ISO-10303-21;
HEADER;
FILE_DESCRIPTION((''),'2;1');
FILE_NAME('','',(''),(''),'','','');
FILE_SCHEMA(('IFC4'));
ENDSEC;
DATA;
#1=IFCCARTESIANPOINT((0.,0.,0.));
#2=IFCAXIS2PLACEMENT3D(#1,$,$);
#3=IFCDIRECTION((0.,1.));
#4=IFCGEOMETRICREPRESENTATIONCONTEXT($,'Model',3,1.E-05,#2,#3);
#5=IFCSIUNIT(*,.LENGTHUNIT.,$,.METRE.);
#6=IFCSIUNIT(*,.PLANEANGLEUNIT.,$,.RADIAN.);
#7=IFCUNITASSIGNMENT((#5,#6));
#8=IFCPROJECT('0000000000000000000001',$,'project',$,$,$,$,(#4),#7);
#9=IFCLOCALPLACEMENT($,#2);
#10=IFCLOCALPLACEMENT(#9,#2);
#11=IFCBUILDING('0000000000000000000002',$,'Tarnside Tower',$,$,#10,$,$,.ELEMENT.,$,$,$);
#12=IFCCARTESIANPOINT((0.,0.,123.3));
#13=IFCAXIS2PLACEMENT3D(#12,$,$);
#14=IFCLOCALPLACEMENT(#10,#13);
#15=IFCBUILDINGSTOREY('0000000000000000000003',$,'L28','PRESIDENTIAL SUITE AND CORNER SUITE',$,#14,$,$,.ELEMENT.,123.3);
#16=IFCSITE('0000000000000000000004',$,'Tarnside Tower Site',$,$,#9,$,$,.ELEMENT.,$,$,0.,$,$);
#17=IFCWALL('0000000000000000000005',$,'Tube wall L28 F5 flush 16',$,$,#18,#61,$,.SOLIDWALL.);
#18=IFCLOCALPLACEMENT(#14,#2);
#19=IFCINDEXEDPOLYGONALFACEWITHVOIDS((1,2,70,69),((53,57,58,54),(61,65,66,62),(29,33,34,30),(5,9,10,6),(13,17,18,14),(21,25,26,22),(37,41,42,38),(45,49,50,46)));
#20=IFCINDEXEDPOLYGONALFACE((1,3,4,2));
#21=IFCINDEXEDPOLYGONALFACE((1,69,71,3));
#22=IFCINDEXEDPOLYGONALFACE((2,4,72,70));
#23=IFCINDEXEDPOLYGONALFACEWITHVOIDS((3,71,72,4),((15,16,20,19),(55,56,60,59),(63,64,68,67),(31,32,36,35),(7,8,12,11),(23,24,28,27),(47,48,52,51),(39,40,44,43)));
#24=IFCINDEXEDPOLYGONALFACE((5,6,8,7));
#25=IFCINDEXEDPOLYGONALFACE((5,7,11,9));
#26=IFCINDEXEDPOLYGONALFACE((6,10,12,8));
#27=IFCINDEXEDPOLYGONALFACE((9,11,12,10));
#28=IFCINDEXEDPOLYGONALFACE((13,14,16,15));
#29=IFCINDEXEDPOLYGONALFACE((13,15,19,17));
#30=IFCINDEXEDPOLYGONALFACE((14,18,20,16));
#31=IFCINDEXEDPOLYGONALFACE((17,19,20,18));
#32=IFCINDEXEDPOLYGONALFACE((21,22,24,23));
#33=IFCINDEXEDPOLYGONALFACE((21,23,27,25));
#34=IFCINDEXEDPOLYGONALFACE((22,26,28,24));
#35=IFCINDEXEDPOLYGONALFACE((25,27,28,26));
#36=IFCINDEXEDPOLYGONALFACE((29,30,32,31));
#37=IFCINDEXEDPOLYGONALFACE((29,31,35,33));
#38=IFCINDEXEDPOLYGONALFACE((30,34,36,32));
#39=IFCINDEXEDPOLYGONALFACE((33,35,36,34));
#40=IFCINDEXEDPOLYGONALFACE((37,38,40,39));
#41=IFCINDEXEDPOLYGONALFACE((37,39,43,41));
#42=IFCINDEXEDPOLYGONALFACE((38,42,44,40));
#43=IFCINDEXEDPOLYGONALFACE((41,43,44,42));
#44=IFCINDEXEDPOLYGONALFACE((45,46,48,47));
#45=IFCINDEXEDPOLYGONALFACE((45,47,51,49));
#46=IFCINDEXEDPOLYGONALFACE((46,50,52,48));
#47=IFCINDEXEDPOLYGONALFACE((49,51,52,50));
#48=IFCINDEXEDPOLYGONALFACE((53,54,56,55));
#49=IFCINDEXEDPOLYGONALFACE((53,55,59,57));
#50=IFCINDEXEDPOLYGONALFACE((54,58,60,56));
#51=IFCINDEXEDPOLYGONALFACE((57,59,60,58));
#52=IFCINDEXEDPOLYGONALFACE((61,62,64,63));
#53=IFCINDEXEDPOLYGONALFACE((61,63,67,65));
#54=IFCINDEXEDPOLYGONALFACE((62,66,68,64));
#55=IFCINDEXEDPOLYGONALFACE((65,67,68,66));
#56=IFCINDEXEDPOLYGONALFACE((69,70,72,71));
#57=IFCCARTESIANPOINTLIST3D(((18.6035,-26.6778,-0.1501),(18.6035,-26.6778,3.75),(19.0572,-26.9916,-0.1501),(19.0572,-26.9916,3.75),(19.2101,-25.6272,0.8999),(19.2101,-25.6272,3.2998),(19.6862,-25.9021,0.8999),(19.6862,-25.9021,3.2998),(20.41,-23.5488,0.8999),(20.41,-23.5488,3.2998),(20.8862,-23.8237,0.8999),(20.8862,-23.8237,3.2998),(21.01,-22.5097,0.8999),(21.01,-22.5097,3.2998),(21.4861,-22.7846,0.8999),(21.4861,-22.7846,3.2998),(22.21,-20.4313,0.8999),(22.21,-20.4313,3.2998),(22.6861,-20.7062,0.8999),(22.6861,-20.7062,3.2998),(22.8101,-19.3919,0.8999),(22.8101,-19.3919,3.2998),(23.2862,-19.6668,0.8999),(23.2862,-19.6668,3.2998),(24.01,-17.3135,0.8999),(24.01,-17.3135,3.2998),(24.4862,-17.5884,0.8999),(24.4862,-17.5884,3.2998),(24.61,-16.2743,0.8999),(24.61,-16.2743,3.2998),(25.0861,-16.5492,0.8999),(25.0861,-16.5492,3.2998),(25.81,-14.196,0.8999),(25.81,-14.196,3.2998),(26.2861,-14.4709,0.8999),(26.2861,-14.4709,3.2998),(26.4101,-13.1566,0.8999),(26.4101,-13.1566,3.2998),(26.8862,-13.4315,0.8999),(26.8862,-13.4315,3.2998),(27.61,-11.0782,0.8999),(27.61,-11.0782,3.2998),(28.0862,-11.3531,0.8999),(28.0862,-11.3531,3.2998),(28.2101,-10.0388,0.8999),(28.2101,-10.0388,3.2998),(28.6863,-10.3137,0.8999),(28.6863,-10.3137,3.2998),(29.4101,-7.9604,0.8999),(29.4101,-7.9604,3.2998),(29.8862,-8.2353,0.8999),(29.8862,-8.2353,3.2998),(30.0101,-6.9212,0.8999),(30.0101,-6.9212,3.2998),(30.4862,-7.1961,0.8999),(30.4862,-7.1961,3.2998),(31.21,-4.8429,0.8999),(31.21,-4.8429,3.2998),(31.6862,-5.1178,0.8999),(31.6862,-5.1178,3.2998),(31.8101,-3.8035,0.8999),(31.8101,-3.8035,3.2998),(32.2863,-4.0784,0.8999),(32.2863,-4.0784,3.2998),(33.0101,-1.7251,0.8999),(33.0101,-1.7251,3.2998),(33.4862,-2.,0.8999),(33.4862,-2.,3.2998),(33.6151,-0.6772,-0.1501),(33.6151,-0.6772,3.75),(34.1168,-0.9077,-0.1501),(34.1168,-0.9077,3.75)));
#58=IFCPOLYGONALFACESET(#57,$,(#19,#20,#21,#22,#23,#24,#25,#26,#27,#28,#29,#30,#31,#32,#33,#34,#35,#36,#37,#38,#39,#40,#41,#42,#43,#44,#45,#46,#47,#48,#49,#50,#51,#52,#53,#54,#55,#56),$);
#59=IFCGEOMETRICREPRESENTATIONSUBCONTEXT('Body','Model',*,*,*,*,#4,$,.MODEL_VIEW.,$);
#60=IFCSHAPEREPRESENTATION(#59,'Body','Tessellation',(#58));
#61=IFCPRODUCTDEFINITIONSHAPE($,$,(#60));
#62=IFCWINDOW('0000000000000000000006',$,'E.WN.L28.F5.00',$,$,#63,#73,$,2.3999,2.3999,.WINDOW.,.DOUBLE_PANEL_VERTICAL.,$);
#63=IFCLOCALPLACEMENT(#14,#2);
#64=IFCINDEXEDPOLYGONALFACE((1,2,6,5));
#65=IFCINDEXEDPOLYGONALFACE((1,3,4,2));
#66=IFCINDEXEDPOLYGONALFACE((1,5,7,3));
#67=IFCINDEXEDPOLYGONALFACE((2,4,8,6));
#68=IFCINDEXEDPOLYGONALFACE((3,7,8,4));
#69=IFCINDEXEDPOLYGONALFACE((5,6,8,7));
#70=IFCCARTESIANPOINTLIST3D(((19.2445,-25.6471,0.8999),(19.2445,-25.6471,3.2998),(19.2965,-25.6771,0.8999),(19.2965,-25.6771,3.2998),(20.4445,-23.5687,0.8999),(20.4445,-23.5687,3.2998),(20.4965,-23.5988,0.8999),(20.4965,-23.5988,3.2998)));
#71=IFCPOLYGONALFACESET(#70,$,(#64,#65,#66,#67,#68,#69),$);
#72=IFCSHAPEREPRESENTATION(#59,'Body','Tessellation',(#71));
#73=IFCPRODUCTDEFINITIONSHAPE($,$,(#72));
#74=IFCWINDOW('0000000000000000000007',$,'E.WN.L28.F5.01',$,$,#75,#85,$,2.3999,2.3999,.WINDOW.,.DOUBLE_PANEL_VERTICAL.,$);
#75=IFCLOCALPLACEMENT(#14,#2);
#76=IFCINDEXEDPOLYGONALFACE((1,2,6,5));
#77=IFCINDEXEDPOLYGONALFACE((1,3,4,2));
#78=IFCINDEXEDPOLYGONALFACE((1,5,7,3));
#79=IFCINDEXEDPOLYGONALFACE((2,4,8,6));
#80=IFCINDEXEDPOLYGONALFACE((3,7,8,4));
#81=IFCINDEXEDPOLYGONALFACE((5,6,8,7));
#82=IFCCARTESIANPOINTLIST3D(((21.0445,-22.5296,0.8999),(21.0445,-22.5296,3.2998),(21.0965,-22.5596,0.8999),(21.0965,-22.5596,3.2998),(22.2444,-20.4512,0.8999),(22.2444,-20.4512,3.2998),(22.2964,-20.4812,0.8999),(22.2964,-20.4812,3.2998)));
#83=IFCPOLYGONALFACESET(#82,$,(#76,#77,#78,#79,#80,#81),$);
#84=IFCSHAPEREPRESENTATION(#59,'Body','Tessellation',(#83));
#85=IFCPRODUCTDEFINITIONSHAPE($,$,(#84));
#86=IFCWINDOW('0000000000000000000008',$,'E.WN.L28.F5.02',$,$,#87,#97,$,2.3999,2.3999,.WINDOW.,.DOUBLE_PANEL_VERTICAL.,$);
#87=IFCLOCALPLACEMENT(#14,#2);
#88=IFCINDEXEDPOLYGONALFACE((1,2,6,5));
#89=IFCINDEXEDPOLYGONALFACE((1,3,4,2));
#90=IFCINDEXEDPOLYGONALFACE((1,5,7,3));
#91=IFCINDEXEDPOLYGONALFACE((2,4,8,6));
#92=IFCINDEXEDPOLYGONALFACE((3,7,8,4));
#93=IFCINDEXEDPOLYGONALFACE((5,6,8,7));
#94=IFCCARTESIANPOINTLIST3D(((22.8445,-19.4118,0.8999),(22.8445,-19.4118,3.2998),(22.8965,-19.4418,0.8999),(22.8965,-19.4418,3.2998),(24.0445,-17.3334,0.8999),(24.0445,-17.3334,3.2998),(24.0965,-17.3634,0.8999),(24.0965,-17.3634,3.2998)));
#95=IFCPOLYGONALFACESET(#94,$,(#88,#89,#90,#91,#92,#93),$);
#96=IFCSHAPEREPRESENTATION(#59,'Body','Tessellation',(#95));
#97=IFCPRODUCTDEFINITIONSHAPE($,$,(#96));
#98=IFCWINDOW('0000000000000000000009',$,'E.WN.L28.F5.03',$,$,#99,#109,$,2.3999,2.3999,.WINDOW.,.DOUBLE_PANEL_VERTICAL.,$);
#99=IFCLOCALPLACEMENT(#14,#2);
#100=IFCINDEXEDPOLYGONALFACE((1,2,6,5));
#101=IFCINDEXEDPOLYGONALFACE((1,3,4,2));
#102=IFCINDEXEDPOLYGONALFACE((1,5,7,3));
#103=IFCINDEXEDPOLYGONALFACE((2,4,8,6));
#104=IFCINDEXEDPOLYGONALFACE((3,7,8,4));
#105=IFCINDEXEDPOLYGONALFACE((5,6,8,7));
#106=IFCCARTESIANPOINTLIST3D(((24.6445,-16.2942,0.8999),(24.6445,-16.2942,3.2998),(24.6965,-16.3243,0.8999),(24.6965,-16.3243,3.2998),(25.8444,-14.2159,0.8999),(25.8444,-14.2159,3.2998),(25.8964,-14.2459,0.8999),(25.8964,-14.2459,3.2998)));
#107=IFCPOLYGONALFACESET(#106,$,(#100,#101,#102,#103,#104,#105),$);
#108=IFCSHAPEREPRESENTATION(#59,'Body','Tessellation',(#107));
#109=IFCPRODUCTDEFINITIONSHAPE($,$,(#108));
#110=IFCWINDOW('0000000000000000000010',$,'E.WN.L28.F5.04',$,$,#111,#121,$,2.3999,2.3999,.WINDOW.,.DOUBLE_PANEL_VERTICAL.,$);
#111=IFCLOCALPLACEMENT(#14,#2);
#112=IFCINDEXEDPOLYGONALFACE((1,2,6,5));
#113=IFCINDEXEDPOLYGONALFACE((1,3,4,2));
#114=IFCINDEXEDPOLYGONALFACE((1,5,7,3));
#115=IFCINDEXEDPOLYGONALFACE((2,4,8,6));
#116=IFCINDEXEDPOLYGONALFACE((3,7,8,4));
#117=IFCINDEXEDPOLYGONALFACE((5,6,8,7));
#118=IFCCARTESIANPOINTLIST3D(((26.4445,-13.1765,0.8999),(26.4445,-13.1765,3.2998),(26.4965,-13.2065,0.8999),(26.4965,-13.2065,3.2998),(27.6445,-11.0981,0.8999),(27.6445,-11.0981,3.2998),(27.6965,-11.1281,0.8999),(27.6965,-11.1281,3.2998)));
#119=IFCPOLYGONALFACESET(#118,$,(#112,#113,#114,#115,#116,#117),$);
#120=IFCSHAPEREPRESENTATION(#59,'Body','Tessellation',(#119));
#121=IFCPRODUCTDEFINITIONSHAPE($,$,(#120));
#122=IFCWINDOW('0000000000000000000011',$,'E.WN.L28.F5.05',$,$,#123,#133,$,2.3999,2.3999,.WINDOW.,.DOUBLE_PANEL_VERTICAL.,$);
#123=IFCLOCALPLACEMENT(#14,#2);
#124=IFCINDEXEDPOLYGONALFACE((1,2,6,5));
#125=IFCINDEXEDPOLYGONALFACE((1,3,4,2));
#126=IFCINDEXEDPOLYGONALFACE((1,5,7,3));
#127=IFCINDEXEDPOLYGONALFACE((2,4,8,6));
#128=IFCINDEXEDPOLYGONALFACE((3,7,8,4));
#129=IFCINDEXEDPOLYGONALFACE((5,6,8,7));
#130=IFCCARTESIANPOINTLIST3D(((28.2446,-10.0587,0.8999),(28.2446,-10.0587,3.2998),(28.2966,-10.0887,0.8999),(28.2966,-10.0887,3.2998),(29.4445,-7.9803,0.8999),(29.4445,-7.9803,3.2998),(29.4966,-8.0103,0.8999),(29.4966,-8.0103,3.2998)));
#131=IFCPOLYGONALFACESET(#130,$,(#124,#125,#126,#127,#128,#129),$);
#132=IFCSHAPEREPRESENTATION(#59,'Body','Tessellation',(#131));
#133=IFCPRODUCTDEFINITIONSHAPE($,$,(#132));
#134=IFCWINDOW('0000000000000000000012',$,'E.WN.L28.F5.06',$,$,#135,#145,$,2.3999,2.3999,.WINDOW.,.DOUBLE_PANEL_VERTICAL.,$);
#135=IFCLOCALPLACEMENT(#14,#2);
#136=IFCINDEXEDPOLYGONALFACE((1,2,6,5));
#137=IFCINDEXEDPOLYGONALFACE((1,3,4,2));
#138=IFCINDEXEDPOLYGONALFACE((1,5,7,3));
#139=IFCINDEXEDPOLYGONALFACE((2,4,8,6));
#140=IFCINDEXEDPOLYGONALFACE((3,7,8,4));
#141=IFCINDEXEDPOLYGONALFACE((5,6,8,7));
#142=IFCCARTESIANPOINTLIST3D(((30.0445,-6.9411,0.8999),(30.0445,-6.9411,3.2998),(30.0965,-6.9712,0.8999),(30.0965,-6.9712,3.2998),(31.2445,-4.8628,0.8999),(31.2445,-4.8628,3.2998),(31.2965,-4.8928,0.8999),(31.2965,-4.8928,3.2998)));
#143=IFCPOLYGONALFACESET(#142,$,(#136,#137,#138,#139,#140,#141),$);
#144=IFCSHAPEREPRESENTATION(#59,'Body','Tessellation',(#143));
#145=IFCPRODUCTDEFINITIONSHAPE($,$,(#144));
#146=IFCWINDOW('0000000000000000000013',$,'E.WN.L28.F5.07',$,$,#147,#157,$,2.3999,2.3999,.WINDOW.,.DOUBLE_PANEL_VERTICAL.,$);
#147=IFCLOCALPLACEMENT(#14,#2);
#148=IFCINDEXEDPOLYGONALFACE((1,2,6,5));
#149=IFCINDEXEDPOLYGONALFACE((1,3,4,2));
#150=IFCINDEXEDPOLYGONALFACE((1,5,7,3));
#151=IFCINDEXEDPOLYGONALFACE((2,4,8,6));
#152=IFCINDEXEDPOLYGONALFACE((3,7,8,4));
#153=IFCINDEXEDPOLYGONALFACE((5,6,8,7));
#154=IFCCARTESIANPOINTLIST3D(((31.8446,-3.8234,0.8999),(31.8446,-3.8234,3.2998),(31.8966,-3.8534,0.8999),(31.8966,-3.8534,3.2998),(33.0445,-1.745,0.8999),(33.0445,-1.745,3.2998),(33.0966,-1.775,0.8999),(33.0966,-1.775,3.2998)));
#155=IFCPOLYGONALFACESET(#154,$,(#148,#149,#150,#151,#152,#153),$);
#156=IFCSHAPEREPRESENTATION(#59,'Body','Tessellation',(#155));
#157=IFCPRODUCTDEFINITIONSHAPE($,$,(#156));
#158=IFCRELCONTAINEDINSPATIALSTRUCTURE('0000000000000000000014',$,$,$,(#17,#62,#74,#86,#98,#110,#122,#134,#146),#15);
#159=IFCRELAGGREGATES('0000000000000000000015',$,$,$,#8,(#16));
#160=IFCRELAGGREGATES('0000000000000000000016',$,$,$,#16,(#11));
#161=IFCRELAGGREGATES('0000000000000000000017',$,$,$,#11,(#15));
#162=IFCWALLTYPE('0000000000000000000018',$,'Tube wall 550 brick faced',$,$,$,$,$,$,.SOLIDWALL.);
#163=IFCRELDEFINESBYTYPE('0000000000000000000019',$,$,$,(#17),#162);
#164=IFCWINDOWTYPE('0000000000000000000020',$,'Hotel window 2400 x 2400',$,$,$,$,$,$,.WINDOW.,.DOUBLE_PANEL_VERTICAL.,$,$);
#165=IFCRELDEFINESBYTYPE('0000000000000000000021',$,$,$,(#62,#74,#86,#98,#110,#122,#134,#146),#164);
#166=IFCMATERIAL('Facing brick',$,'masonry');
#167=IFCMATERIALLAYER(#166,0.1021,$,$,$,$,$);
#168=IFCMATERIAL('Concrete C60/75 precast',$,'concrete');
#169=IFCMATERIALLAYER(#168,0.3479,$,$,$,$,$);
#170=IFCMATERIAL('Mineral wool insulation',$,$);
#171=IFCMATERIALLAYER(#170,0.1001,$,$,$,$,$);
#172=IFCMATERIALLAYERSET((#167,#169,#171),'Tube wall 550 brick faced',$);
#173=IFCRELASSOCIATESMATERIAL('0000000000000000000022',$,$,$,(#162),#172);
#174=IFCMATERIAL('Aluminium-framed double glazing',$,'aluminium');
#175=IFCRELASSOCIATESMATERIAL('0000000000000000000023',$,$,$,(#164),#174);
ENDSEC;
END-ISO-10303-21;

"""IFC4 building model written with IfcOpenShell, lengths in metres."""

from ifc_helpers import new_model, si_unit, direction, frame, frame_2d, origin, place, context, subcontext, project, spatial, polyline, rectangle, outline, extrude, material, layer, layer_set, type_object, element, fill, save


model = new_model("IFC4")

# Units and contexts
model_context = context("Model", 3, precision=1e-05, world=origin(), true_north=direction((0.0, 1.0)))
body_context = subcontext(model_context, "Body", "Model", "MODEL_VIEW")
ifc_project = project(units=[si_unit("LENGTHUNIT", "METRE"), si_unit("PLANEANGLEUNIT", "RADIAN")], contexts=[model_context])

# Site, building, storey
site_placement = place(None, origin())
site = spatial("IfcSite", under=ifc_project, at=site_placement, Name="Tarnside Tower Site", CompositionType="ELEMENT", RefElevation=0.0)
building_placement = place(site_placement, origin())
building = spatial("IfcBuilding", under=site, at=building_placement, Name="Tarnside Tower", CompositionType="ELEMENT")
storey_placement = place(building_placement, frame((0.0, 0.0, 123.3)))
storey = spatial("IfcBuildingStorey", under=building, at=storey_placement, Name="L28", Description="PRESIDENTIAL SUITE AND CORNER SUITE", CompositionType="ELEMENT", Elevation=123.3)

# Shared definitions
ifc_material_1 = material(Name="Facing brick", Category="masonry")
ifc_layer_1 = layer(ifc_material_1, 0.1021)
ifc_material_2 = material(Name="Concrete C60/75 precast", Category="concrete")
ifc_layer_2 = layer(ifc_material_2, 0.3479)
ifc_material_3 = material(Name="Mineral wool insulation")
ifc_layer_3 = layer(ifc_material_3, 0.1001)
ifc_layer_set_1 = layer_set([ifc_layer_1, ifc_layer_2, ifc_layer_3], Name="Tube wall 550 brick faced")
wall_type = type_object("IfcWallType", Name="Tube wall 550 brick faced", PredefinedType="SOLIDWALL", material=ifc_layer_set_1)

# Wall, openings, windows
wall_1_placement = place(storey_placement, frame((18.8303, -26.8347, -0.1501), z_axis=(0.0, 0.0, 1.0), x_axis=(0.500004, 0.866023, 0.0)))
wall_1 = element("IfcWall", 1, at=wall_1_placement, inside=storey, type_object=wall_type, Name="Tube wall L28 F5 flush 16", PredefinedType="SOLIDWALL", context=body_context, shape_type="SweptSolid", body=[
    extrude(outline(polyline([(-0.0225, -0.2749), (30.0967, -0.2749), (30.0454, 0.2749), (0.0225, 0.2749), (-0.0225, -0.2749)])), origin(), (0.0, 0.0, 1.0), 3.9001),
])
opening_1_placement = place(wall_1_placement, frame((1.2356, 0.0, 1.05)))
opening_1 = element("IfcOpeningElement", 2, at=opening_1_placement, cuts=wall_1, PredefinedType="OPENING", context=body_context, shape_type="SweptSolid", body=[
    extrude(rectangle(XDim=2.3999, YDim=2.3999, at=frame_2d((1.2, 1.2))), frame((0.0, 0.2852, 0.0), z_axis=(0.0, -1.0, 0.0), x_axis=(1.0, 0.0, 0.0)), (0.0, 0.0, 1.0), 0.5701),
])
opening_2_placement = place(wall_1_placement, frame((4.8354, 0.0, 1.05)))
opening_2 = element("IfcOpeningElement", 3, at=opening_2_placement, cuts=wall_1, PredefinedType="OPENING", context=body_context, shape_type="SweptSolid", body=[
    extrude(rectangle(XDim=2.3999, YDim=2.3999, at=frame_2d((1.2, 1.2))), frame((0.0, 0.2852, 0.0), z_axis=(0.0, -1.0, 0.0), x_axis=(1.0, 0.0, 0.0)), (0.0, 0.0, 1.0), 0.5701),
])
opening_3_placement = place(wall_1_placement, frame((8.4355, 0.0, 1.05)))
opening_3 = element("IfcOpeningElement", 4, at=opening_3_placement, cuts=wall_1, PredefinedType="OPENING", context=body_context, shape_type="SweptSolid", body=[
    extrude(rectangle(XDim=2.3999, YDim=2.3999, at=frame_2d((1.2, 1.2))), frame((0.0, 0.2852, 0.0), z_axis=(0.0, -1.0, 0.0), x_axis=(1.0, 0.0, 0.0)), (0.0, 0.0, 1.0), 0.5701),
])
opening_4_placement = place(wall_1_placement, frame((12.0354, 0.0, 1.05)))
opening_4 = element("IfcOpeningElement", 5, at=opening_4_placement, cuts=wall_1, PredefinedType="OPENING", context=body_context, shape_type="SweptSolid", body=[
    extrude(rectangle(XDim=2.3999, YDim=2.3999, at=frame_2d((1.2, 1.2))), frame((0.0, 0.2852, 0.0), z_axis=(0.0, -1.0, 0.0), x_axis=(1.0, 0.0, 0.0)), (0.0, 0.0, 1.0), 0.5701),
])
opening_5_placement = place(wall_1_placement, frame((15.6355, 0.0, 1.05)))
opening_5 = element("IfcOpeningElement", 6, at=opening_5_placement, cuts=wall_1, PredefinedType="OPENING", context=body_context, shape_type="SweptSolid", body=[
    extrude(rectangle(XDim=2.3999, YDim=2.3999, at=frame_2d((1.2, 1.2))), frame((0.0, 0.2852, 0.0), z_axis=(0.0, -1.0, 0.0), x_axis=(1.0, 0.0, 0.0)), (0.0, 0.0, 1.0), 0.5701),
])
opening_6_placement = place(wall_1_placement, frame((19.2356, 0.0, 1.05)))
opening_6 = element("IfcOpeningElement", 7, at=opening_6_placement, cuts=wall_1, PredefinedType="OPENING", context=body_context, shape_type="SweptSolid", body=[
    extrude(rectangle(XDim=2.3999, YDim=2.3999, at=frame_2d((1.2, 1.2))), frame((0.0, 0.2852, 0.0), z_axis=(0.0, -1.0, 0.0), x_axis=(1.0, 0.0, 0.0)), (0.0, 0.0, 1.0), 0.5701),
])
opening_7_placement = place(wall_1_placement, frame((22.8354, 0.0, 1.05)))
opening_7 = element("IfcOpeningElement", 8, at=opening_7_placement, cuts=wall_1, PredefinedType="OPENING", context=body_context, shape_type="SweptSolid", body=[
    extrude(rectangle(XDim=2.3999, YDim=2.3999, at=frame_2d((1.2, 1.2))), frame((0.0, 0.2852, 0.0), z_axis=(0.0, -1.0, 0.0), x_axis=(1.0, 0.0, 0.0)), (0.0, 0.0, 1.0), 0.5701),
])
opening_8_placement = place(wall_1_placement, frame((26.4355, 0.0, 1.05)))
opening_8 = element("IfcOpeningElement", 9, at=opening_8_placement, cuts=wall_1, PredefinedType="OPENING", context=body_context, shape_type="SweptSolid", body=[
    extrude(rectangle(XDim=2.3999, YDim=2.3999, at=frame_2d((1.2, 1.2))), frame((0.0, 0.2852, 0.0), z_axis=(0.0, -1.0, 0.0), x_axis=(1.0, 0.0, 0.0)), (0.0, 0.0, 1.0), 0.5701),
])
ifc_material_4 = material(Name="Aluminium-framed double glazing", Category="aluminium")
window_type = type_object("IfcWindowType", Name="Hotel window 2400 x 2400", PartitioningType="DOUBLE_PANEL_VERTICAL", PredefinedType="WINDOW", material=ifc_material_4)
window_1_placement = place(opening_1_placement, frame((0.0, 0.2051, 0.0)))
window_1 = element("IfcWindow", 10, at=window_1_placement, inside=storey, type_object=window_type, Name="E.WN.L28.F5.00", OverallHeight=2.3999, OverallWidth=2.3999, PartitioningType="DOUBLE_PANEL_VERTICAL", PredefinedType="WINDOW", context=body_context, shape_type="SweptSolid", body=[
    extrude(rectangle(XDim=2.3999, YDim=2.3999, at=frame_2d((1.2, 1.2))), frame((0.0, 0.03, 0.0), z_axis=(0.0, -1.0, 0.0), x_axis=(1.0, 0.0, 0.0)), (0.0, 0.0, 1.0), 0.0601),
])
fill(opening_1, window_1)
window_2_placement = place(opening_2_placement, frame((0.0, 0.2051, 0.0)))
window_2 = element("IfcWindow", 11, at=window_2_placement, inside=storey, type_object=window_type, Name="E.WN.L28.F5.01", OverallHeight=2.3999, OverallWidth=2.3999, PartitioningType="DOUBLE_PANEL_VERTICAL", PredefinedType="WINDOW", context=body_context, shape_type="SweptSolid", body=[
    extrude(rectangle(XDim=2.3999, YDim=2.3999, at=frame_2d((1.2, 1.2))), frame((0.0, 0.03, 0.0), z_axis=(0.0, -1.0, 0.0), x_axis=(1.0, 0.0, 0.0)), (0.0, 0.0, 1.0), 0.0601),
])
fill(opening_2, window_2)
window_3_placement = place(opening_3_placement, frame((0.0, 0.2051, 0.0)))
window_3 = element("IfcWindow", 12, at=window_3_placement, inside=storey, type_object=window_type, Name="E.WN.L28.F5.02", OverallHeight=2.3999, OverallWidth=2.3999, PartitioningType="DOUBLE_PANEL_VERTICAL", PredefinedType="WINDOW", context=body_context, shape_type="SweptSolid", body=[
    extrude(rectangle(XDim=2.3999, YDim=2.3999, at=frame_2d((1.2, 1.2))), frame((0.0, 0.03, 0.0), z_axis=(0.0, -1.0, 0.0), x_axis=(1.0, 0.0, 0.0)), (0.0, 0.0, 1.0), 0.0601),
])
fill(opening_3, window_3)
window_4_placement = place(opening_4_placement, frame((0.0, 0.2051, 0.0)))
window_4 = element("IfcWindow", 13, at=window_4_placement, inside=storey, type_object=window_type, Name="E.WN.L28.F5.03", OverallHeight=2.3999, OverallWidth=2.3999, PartitioningType="DOUBLE_PANEL_VERTICAL", PredefinedType="WINDOW", context=body_context, shape_type="SweptSolid", body=[
    extrude(rectangle(XDim=2.3999, YDim=2.3999, at=frame_2d((1.2, 1.2))), frame((0.0, 0.03, 0.0), z_axis=(0.0, -1.0, 0.0), x_axis=(1.0, 0.0, 0.0)), (0.0, 0.0, 1.0), 0.0601),
])
fill(opening_4, window_4)
window_5_placement = place(opening_5_placement, frame((0.0, 0.2051, 0.0)))
window_5 = element("IfcWindow", 14, at=window_5_placement, inside=storey, type_object=window_type, Name="E.WN.L28.F5.04", OverallHeight=2.3999, OverallWidth=2.3999, PartitioningType="DOUBLE_PANEL_VERTICAL", PredefinedType="WINDOW", context=body_context, shape_type="SweptSolid", body=[
    extrude(rectangle(XDim=2.3999, YDim=2.3999, at=frame_2d((1.2, 1.2))), frame((0.0, 0.03, 0.0), z_axis=(0.0, -1.0, 0.0), x_axis=(1.0, 0.0, 0.0)), (0.0, 0.0, 1.0), 0.0601),
])
fill(opening_5, window_5)
window_6_placement = place(opening_6_placement, frame((0.0, 0.2051, 0.0)))
window_6 = element("IfcWindow", 15, at=window_6_placement, inside=storey, type_object=window_type, Name="E.WN.L28.F5.05", OverallHeight=2.3999, OverallWidth=2.3999, PartitioningType="DOUBLE_PANEL_VERTICAL", PredefinedType="WINDOW", context=body_context, shape_type="SweptSolid", body=[
    extrude(rectangle(XDim=2.3999, YDim=2.3999, at=frame_2d((1.2, 1.2))), frame((0.0, 0.03, 0.0), z_axis=(0.0, -1.0, 0.0), x_axis=(1.0, 0.0, 0.0)), (0.0, 0.0, 1.0), 0.0601),
])
fill(opening_6, window_6)
window_7_placement = place(opening_7_placement, frame((0.0, 0.2051, 0.0)))
window_7 = element("IfcWindow", 16, at=window_7_placement, inside=storey, type_object=window_type, Name="E.WN.L28.F5.06", OverallHeight=2.3999, OverallWidth=2.3999, PartitioningType="DOUBLE_PANEL_VERTICAL", PredefinedType="WINDOW", context=body_context, shape_type="SweptSolid", body=[
    extrude(rectangle(XDim=2.3999, YDim=2.3999, at=frame_2d((1.2, 1.2))), frame((0.0, 0.03, 0.0), z_axis=(0.0, -1.0, 0.0), x_axis=(1.0, 0.0, 0.0)), (0.0, 0.0, 1.0), 0.0601),
])
fill(opening_7, window_7)
window_8_placement = place(opening_8_placement, frame((0.0, 0.2051, 0.0)))
window_8 = element("IfcWindow", 17, at=window_8_placement, inside=storey, type_object=window_type, Name="E.WN.L28.F5.07", OverallHeight=2.3999, OverallWidth=2.3999, PartitioningType="DOUBLE_PANEL_VERTICAL", PredefinedType="WINDOW", context=body_context, shape_type="SweptSolid", body=[
    extrude(rectangle(XDim=2.3999, YDim=2.3999, at=frame_2d((1.2, 1.2))), frame((0.0, 0.03, 0.0), z_axis=(0.0, -1.0, 0.0), x_axis=(1.0, 0.0, 0.0)), (0.0, 0.0, 1.0), 0.0601),
])
fill(opening_8, window_8)

save(model, "model.ifc")
